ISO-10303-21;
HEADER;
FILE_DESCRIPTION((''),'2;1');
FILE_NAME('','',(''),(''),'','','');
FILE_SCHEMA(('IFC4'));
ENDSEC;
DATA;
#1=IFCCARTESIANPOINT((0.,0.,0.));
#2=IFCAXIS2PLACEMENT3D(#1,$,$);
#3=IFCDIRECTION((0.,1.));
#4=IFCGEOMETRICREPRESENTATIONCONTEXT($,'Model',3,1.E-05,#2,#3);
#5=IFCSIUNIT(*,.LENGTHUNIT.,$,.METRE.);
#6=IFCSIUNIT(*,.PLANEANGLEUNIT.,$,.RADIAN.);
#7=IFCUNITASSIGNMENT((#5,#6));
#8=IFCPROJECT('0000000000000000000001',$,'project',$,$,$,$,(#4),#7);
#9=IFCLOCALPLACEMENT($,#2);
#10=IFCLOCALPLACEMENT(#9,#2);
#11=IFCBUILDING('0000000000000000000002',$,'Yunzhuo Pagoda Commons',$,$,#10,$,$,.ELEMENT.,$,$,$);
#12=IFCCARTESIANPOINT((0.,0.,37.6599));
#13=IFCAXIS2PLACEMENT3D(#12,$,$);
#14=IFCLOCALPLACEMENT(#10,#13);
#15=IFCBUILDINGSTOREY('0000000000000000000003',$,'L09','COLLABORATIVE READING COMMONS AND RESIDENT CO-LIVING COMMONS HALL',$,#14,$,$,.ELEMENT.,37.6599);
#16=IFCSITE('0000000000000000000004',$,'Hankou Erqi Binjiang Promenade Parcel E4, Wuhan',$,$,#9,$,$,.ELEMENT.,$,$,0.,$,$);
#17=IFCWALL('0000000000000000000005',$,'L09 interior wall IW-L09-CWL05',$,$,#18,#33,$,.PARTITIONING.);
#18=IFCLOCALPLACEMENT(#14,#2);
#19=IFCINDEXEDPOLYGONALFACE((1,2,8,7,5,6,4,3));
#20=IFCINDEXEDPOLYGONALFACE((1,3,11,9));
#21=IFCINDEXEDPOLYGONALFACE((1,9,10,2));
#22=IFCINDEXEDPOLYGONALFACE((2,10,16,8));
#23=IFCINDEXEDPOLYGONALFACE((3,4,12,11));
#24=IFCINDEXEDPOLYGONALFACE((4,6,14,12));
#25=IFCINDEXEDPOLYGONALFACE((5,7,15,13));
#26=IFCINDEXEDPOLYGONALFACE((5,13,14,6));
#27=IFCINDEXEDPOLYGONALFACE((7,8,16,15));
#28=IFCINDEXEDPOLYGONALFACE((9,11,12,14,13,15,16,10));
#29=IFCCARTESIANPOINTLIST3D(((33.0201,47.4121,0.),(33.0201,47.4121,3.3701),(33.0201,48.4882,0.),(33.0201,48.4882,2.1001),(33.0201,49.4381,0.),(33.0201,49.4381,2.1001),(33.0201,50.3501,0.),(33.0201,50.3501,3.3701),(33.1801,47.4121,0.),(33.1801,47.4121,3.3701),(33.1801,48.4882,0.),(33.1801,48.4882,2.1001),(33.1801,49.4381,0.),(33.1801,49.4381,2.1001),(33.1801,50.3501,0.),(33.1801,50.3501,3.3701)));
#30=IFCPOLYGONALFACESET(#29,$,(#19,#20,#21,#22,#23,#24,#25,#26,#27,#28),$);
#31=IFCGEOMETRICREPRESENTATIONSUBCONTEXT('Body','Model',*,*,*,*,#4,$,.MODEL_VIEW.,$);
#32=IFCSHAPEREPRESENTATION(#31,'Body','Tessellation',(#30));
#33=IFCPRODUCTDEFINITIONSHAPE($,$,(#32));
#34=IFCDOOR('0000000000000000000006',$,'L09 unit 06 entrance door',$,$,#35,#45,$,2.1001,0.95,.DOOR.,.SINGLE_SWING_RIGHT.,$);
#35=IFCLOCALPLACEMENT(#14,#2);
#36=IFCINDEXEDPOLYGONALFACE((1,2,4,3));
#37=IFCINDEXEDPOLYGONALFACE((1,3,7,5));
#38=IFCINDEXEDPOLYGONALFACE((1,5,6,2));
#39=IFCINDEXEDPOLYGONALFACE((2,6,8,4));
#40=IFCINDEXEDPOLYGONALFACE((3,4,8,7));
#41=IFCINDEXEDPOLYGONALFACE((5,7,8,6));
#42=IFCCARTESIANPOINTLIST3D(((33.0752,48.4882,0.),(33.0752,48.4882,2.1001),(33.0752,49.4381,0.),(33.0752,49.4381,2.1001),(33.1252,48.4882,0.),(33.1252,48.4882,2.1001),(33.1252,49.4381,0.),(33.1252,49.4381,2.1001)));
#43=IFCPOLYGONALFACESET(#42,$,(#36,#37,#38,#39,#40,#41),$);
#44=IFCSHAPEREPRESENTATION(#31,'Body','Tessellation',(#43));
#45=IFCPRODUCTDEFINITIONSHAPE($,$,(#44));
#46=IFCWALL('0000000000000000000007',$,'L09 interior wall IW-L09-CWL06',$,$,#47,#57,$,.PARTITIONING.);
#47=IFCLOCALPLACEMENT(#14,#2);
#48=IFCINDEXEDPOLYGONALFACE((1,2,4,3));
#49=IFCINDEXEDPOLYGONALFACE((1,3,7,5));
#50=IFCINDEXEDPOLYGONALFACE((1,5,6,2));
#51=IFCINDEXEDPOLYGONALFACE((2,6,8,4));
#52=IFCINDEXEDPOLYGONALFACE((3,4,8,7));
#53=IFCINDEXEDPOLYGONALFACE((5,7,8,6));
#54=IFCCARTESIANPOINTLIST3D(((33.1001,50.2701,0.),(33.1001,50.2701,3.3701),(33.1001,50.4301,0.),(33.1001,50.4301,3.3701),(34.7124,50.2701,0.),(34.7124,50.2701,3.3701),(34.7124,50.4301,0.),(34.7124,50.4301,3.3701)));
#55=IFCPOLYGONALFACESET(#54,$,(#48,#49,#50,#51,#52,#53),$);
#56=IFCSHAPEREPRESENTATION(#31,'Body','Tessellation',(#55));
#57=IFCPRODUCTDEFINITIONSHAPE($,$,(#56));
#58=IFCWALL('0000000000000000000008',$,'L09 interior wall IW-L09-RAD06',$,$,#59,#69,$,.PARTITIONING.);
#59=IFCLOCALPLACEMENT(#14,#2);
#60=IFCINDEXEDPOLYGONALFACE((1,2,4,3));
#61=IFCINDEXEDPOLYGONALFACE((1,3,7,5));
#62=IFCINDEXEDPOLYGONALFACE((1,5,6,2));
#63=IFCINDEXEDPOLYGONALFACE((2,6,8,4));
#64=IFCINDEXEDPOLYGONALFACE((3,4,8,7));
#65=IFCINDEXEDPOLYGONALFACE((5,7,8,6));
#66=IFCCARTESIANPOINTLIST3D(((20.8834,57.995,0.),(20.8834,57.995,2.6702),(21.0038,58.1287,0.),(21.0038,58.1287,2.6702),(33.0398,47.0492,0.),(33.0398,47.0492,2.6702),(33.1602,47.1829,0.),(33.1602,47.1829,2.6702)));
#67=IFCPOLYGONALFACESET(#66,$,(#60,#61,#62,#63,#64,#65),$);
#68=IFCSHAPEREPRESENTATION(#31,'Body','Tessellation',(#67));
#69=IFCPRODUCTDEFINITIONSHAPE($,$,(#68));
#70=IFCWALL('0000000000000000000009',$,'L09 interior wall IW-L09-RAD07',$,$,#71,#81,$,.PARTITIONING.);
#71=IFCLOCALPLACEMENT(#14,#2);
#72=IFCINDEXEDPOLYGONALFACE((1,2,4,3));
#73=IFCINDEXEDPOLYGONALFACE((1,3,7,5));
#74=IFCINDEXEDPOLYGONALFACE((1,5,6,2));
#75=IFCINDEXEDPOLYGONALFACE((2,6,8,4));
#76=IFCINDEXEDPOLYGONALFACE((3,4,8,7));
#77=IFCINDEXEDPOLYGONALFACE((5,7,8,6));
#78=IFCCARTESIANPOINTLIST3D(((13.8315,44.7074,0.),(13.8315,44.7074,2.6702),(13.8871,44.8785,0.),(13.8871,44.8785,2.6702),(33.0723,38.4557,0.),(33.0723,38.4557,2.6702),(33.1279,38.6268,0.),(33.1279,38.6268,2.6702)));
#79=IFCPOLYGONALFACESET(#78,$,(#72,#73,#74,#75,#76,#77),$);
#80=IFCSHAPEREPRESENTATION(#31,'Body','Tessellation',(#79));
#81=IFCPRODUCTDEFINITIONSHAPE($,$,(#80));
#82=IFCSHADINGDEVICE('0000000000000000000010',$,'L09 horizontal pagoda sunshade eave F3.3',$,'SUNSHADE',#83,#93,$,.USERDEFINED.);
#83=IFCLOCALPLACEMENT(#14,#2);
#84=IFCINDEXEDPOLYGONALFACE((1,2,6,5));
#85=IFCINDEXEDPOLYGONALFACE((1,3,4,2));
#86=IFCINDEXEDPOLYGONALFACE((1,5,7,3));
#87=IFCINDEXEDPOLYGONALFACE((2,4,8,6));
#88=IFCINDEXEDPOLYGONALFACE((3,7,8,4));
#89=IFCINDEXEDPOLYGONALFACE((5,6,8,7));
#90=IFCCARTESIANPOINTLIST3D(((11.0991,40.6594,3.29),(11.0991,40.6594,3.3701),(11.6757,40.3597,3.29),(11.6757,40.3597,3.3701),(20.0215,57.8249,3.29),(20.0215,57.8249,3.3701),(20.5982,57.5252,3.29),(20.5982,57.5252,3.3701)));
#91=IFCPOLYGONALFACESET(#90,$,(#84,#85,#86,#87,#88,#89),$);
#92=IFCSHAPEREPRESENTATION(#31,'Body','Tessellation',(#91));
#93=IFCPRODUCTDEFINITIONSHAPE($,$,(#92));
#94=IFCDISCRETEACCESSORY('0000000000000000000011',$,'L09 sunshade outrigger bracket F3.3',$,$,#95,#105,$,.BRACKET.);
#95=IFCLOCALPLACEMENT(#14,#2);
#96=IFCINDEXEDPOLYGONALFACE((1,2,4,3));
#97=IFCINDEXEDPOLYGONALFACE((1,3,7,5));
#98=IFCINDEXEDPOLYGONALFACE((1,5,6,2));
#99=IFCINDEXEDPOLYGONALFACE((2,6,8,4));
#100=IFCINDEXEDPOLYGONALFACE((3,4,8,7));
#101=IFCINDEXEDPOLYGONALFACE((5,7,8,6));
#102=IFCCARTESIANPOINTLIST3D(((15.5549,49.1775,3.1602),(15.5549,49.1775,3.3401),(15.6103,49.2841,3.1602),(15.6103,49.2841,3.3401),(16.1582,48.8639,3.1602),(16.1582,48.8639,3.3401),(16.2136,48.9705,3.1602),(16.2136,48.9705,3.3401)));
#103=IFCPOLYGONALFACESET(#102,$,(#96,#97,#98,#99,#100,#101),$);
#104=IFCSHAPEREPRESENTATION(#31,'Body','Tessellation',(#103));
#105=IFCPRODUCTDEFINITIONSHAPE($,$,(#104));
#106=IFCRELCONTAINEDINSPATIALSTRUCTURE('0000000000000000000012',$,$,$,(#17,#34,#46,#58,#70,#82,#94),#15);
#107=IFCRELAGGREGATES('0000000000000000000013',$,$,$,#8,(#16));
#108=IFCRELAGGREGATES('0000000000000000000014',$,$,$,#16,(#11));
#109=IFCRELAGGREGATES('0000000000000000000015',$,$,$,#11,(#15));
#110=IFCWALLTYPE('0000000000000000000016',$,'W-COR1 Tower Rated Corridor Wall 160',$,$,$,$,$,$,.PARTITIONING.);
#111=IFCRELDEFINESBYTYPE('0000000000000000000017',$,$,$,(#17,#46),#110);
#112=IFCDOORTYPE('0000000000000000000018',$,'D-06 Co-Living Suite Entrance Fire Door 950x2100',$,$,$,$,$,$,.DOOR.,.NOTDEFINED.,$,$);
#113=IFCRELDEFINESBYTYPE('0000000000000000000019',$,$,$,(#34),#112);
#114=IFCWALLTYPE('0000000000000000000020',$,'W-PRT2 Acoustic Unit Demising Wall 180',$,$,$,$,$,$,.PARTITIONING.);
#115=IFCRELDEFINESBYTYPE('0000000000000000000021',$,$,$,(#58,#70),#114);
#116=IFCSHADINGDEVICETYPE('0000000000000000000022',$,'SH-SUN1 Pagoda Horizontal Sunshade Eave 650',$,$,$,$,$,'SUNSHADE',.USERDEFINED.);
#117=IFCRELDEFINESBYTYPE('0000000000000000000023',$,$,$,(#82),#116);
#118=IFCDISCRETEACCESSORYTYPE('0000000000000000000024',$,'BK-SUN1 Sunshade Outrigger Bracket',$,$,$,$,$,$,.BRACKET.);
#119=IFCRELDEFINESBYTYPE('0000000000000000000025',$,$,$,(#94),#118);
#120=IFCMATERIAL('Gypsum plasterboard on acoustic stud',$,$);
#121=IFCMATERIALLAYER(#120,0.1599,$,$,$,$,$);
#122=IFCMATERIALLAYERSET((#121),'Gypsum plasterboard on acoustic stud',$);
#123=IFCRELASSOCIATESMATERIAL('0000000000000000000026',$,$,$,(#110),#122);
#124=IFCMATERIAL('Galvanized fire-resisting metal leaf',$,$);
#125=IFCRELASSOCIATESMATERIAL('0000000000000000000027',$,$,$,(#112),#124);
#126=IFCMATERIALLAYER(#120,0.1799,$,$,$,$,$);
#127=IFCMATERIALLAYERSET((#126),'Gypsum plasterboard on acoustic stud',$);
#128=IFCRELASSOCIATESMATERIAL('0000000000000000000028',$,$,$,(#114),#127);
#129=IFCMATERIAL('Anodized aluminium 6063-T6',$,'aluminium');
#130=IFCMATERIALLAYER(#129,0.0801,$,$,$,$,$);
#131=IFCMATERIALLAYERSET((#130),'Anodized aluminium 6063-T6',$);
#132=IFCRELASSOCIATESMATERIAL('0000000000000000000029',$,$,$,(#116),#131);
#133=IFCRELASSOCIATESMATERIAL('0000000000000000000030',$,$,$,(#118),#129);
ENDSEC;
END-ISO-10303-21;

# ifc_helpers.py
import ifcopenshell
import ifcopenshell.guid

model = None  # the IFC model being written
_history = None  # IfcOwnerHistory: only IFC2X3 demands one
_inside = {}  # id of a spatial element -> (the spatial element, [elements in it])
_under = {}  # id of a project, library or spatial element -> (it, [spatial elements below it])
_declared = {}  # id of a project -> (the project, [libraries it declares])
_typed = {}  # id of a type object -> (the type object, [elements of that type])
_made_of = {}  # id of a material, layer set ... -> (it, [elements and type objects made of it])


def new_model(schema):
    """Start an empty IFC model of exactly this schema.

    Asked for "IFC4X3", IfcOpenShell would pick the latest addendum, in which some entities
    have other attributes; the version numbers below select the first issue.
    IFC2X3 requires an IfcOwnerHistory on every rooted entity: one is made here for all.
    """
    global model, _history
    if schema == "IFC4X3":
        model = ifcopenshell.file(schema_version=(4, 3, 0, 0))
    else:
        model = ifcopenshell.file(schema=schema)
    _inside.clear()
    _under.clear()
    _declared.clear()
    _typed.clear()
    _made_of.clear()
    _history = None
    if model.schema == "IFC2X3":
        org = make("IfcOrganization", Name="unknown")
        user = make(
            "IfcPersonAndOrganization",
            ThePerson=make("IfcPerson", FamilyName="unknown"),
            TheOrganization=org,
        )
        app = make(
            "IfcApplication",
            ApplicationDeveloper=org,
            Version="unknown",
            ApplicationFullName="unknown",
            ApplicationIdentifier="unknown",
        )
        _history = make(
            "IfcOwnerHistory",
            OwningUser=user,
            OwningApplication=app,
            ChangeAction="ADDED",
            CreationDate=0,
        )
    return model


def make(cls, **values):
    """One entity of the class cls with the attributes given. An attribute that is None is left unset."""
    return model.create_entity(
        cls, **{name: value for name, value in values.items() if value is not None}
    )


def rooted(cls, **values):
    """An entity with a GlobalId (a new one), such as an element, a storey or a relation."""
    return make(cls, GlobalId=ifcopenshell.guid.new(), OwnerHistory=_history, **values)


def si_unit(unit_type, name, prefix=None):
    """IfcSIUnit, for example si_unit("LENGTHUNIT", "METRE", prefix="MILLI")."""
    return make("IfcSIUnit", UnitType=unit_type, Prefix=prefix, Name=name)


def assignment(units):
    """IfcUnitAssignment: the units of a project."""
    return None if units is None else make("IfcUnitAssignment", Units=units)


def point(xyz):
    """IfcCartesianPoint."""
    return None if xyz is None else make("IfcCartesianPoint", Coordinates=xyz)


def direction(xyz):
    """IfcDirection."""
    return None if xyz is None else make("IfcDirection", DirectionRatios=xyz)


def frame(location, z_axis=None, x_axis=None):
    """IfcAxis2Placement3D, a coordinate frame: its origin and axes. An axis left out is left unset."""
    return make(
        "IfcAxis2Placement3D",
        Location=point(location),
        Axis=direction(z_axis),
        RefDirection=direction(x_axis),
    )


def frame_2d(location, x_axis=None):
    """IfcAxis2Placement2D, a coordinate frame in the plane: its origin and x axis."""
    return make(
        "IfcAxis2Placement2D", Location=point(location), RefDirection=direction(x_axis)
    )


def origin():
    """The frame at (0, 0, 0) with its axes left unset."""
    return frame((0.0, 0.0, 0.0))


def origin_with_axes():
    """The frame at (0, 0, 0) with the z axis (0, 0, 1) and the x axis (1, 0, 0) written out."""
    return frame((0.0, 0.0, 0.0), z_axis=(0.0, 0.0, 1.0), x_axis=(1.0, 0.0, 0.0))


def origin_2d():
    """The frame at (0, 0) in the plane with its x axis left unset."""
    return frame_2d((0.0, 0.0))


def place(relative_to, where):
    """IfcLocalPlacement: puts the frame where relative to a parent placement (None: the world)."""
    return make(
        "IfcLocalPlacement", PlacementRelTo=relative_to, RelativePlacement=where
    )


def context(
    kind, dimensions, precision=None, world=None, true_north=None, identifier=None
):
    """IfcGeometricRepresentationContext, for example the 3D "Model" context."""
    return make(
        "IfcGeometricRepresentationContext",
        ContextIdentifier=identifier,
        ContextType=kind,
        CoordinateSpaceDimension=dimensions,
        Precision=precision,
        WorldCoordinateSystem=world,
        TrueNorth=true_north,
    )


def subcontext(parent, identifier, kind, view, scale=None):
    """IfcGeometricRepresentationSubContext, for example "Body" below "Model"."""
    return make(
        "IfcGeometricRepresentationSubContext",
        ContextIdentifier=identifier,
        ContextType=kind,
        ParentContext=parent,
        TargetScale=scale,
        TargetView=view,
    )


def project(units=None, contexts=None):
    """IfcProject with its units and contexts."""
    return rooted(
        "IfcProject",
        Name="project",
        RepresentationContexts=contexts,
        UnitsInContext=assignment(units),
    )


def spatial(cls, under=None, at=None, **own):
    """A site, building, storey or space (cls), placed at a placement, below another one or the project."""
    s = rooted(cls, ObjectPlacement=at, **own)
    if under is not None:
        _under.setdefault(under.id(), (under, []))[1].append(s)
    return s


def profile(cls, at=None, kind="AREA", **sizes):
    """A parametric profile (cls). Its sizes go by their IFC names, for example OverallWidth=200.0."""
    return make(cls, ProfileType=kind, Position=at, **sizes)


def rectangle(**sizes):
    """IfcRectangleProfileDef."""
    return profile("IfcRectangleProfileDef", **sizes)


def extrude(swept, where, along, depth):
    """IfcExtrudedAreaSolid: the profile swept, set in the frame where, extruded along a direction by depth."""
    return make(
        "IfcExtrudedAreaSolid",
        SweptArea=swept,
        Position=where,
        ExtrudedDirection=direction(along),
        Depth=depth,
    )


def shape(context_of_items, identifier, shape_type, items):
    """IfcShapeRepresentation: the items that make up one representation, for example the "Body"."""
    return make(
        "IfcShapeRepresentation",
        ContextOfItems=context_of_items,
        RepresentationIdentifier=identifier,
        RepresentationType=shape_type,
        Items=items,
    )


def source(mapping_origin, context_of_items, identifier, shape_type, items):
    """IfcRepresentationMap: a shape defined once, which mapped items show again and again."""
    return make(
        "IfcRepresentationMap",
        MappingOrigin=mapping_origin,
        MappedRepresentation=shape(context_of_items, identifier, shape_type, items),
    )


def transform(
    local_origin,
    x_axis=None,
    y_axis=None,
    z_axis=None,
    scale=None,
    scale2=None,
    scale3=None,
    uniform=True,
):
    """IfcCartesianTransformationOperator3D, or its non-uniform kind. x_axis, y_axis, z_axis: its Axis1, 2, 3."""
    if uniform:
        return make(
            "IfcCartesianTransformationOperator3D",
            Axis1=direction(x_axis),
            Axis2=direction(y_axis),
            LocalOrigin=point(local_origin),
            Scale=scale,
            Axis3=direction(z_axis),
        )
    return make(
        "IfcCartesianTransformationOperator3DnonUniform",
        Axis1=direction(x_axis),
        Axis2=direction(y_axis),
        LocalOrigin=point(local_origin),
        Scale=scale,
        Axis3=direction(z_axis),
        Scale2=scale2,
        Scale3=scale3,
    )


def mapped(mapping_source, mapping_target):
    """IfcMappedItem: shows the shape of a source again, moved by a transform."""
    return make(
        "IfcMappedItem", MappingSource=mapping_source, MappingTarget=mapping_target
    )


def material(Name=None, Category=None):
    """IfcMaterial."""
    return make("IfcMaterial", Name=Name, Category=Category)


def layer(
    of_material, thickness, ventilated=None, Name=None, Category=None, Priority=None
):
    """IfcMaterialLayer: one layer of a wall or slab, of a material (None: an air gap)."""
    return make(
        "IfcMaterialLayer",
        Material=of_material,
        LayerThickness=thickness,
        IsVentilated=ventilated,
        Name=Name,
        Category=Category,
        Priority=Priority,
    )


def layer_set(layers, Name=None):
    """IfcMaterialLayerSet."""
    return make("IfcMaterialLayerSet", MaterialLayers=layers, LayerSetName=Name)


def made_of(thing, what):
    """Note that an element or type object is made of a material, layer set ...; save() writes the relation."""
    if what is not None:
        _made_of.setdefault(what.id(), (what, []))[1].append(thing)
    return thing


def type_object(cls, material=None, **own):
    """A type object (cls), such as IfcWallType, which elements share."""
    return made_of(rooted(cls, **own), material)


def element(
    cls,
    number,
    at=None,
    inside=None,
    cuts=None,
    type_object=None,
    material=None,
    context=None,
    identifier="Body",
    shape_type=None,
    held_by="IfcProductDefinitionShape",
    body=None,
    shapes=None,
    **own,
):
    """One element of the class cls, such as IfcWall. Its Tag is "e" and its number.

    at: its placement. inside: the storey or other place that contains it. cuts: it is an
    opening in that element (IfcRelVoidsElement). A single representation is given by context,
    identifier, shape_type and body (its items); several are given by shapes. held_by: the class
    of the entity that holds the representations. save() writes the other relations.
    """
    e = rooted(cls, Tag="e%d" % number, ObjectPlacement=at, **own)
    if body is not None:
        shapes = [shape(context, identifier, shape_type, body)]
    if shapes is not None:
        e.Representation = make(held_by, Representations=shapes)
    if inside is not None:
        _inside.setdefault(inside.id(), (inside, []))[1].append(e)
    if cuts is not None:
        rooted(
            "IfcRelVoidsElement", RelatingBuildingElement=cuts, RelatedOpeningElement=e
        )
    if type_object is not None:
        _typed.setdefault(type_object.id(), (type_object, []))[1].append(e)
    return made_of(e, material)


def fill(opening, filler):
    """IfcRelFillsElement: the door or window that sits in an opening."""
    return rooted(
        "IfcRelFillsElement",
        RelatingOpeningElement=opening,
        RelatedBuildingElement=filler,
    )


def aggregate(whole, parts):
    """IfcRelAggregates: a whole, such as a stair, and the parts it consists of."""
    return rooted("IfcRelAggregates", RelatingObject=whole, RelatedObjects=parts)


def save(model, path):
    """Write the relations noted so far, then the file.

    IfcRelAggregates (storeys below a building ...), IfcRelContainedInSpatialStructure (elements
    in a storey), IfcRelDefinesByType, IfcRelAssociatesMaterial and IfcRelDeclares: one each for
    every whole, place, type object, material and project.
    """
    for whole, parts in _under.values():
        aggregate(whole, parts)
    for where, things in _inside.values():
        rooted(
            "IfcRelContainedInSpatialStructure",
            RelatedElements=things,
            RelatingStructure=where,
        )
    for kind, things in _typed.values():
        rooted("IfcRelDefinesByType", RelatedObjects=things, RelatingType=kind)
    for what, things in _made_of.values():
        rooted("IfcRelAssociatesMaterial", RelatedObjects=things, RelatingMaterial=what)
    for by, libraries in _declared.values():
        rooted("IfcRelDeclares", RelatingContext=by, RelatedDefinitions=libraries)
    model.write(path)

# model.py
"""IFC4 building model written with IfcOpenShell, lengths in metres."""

from ifc_helpers import new_model, si_unit, direction, frame, frame_2d, origin, origin_with_axes, origin_2d, place, context, subcontext, project, spatial, rectangle, extrude, source, transform, mapped, material, layer, layer_set, type_object, element, fill, save


model = new_model("IFC4")

# Units and contexts
model_context = context("Model", 3, precision=1e-05, world=origin(), true_north=direction((0.0, 1.0)))
body_context = subcontext(model_context, "Body", "Model", "MODEL_VIEW")
ifc_project = project(units=[si_unit("LENGTHUNIT", "METRE"), si_unit("PLANEANGLEUNIT", "RADIAN")], contexts=[model_context])

# Site, building, storey
site_placement = place(None, origin())
site = spatial("IfcSite", under=ifc_project, at=site_placement, Name="Hankou Erqi Binjiang Promenade Parcel E4, Wuhan", CompositionType="ELEMENT", RefElevation=0.0)
building_placement = place(site_placement, origin())
building = spatial("IfcBuilding", under=site, at=building_placement, Name="Yunzhuo Pagoda Commons", CompositionType="ELEMENT")
storey_placement = place(building_placement, frame((0.0, 0.0, 37.6599)))
storey = spatial("IfcBuildingStorey", under=building, at=storey_placement, Name="L09", Description="COLLABORATIVE READING COMMONS AND RESIDENT CO-LIVING COMMONS HALL", CompositionType="ELEMENT", Elevation=37.6599)

# Shared definitions
ifc_material_1 = material(Name="Anodized aluminium 6063-T6", Category="aluminium")

# Wall, opening, door
ifc_material_2 = material(Name="Gypsum plasterboard on acoustic stud")
ifc_layer_1 = layer(ifc_material_2, 0.1599)
ifc_layer_set_1 = layer_set([ifc_layer_1], Name="Gypsum plasterboard on acoustic stud")
wall_type_1 = type_object("IfcWallType", Name="W-COR1 Tower Rated Corridor Wall 160", PredefinedType="PARTITIONING", material=ifc_layer_set_1)
ifc_material_3 = material(Name="Galvanized fire-resisting metal leaf")
door_type = type_object("IfcDoorType", Name="D-06 Co-Living Suite Entrance Fire Door 950x2100", OperationType="NOTDEFINED", PredefinedType="DOOR", material=ifc_material_3)
shared_shape_1 = source(origin(), body_context, "Body", "SweptSolid", [
    extrude(rectangle(XDim=0.95, YDim=2.1001, at=frame_2d((0.4751, 1.05))), frame((0.0, 0.0249, 0.0), z_axis=(0.0, -1.0, 0.0), x_axis=(1.0, 0.0, 0.0)), (0.0, 0.0, 1.0), 0.05),
])
wall_1_placement = place(storey_placement, frame((33.1001, 47.4121, 0.0), z_axis=(0.0, 0.0, 1.0), x_axis=(0.0, 1.0, 0.0)))
wall_1 = element("IfcWall", 1, at=wall_1_placement, inside=storey, type_object=wall_type_1, Name="L09 interior wall IW-L09-CWL05", PredefinedType="PARTITIONING", context=body_context, shape_type="SweptSolid", body=[
    extrude(rectangle(XDim=2.938, YDim=0.1599, at=frame_2d((1.469, 0.0))), origin(), (0.0, 0.0, 1.0), 3.3701),
])
opening_1_placement = place(wall_1_placement, frame((1.0759, 0.0, 0.0)))
opening_1 = element("IfcOpeningElement", 2, at=opening_1_placement, cuts=wall_1, PredefinedType="OPENING", context=body_context, shape_type="SweptSolid", body=[
    extrude(rectangle(XDim=0.95, YDim=2.1001, at=frame_2d((0.4751, 1.05))), frame((0.0, 0.0898, 0.0), z_axis=(0.0, -1.0, 0.0), x_axis=(1.0, 0.0, 0.0)), (0.0, 0.0, 1.0), 0.1799),
])
door_1_placement = place(opening_1_placement, origin_with_axes())
door_1 = element("IfcDoor", 3, at=door_1_placement, inside=storey, type_object=door_type, Name="L09 unit 06 entrance door", OperationType="SINGLE_SWING_RIGHT", OverallHeight=2.1001, OverallWidth=0.95, PredefinedType="DOOR", context=body_context, shape_type="MappedRepresentation", body=[
    mapped(shared_shape_1, transform((0.0, 0.0, 0.0), scale=1.0)),
])
fill(opening_1, door_1)

# Walls
wall_2_placement = place(storey_placement, frame((33.1001, 50.3501, 0.0), z_axis=(0.0, 0.0, 1.0), x_axis=(1.0, 0.0, 0.0)))
element("IfcWall", 4, at=wall_2_placement, inside=storey, type_object=wall_type_1, Name="L09 interior wall IW-L09-CWL06", PredefinedType="PARTITIONING", context=body_context, shape_type="SweptSolid", body=[
    extrude(rectangle(XDim=1.6123, YDim=0.1599, at=frame_2d((0.8062, 0.0))), origin(), (0.0, 0.0, 1.0), 3.3701),
])
ifc_layer_2 = layer(ifc_material_2, 0.1799)
ifc_layer_set_2 = layer_set([ifc_layer_2], Name="Gypsum plasterboard on acoustic stud")
wall_type_2 = type_object("IfcWallType", Name="W-PRT2 Acoustic Unit Demising Wall 180", PredefinedType="PARTITIONING", material=ifc_layer_set_2)
wall_3_placement = place(storey_placement, frame((33.1001, 47.116, 0.0), z_axis=(0.0, 0.0, 1.0), x_axis=(-0.743143, 0.669132, 0.0)))
element("IfcWall", 5, at=wall_3_placement, inside=storey, type_object=wall_type_2, Name="L09 interior wall IW-L09-RAD06", PredefinedType="PARTITIONING", context=body_context, shape_type="SweptSolid", body=[
    extrude(rectangle(XDim=16.3582, YDim=0.1799, at=frame_2d((8.1792, 0.0))), origin(), (0.0, 0.0, 1.0), 2.6702),
])
wall_4_placement = place(storey_placement, frame((33.1001, 38.5413, 0.0), z_axis=(0.0, 0.0, 1.0), x_axis=(-0.951056, 0.309018, 0.0)))
element("IfcWall", 6, at=wall_4_placement, inside=storey, type_object=wall_type_2, Name="L09 interior wall IW-L09-RAD07", PredefinedType="PARTITIONING", context=body_context, shape_type="SweptSolid", body=[
    extrude(rectangle(XDim=20.231, YDim=0.1799, at=frame_2d((10.1155, 0.0))), origin(), (0.0, 0.0, 1.0), 2.6702),
])

# Shading device
ifc_layer_3 = layer(ifc_material_1, 0.0801)
ifc_layer_set_3 = layer_set([ifc_layer_3], Name="Anodized aluminium 6063-T6")
shading_device_type = type_object("IfcShadingDeviceType", Name="SH-SUN1 Pagoda Horizontal Sunshade Eave 650", ElementType="SUNSHADE", PredefinedType="USERDEFINED", material=ifc_layer_set_3)
shared_shape_2 = source(origin(), body_context, "Body", "SweptSolid", [
    extrude(rectangle(XDim=19.3459, YDim=0.6499, at=origin_2d()), origin(), (0.0, 0.0, 1.0), 0.0801),
])
shading_device_placement = place(storey_placement, frame((15.8486, 49.0923, 3.29), z_axis=(0.0, 0.0, 1.0), x_axis=(-0.461207, -0.887293, 0.0)))
element("IfcShadingDevice", 7, at=shading_device_placement, inside=storey, type_object=shading_device_type, Name="L09 horizontal pagoda sunshade eave F3.3", ObjectType="SUNSHADE", PredefinedType="USERDEFINED", context=body_context, shape_type="MappedRepresentation", body=[
    mapped(shared_shape_2, transform((0.0, 0.0, 0.0), scale=1.0)),
])

# Discrete accessory
discrete_accessory_type = type_object("IfcDiscreteAccessoryType", Name="BK-SUN1 Sunshade Outrigger Bracket", PredefinedType="BRACKET", material=ifc_material_1)
shared_shape_3 = source(origin(), body_context, "Body", "SweptSolid", [
    extrude(rectangle(XDim=0.1201, YDim=0.6799, at=origin_2d()), origin(), (0.0, 0.0, 1.0), 0.1799),
])
discrete_accessory_placement = place(storey_placement, frame((15.8843, 49.074, 3.1602), z_axis=(0.0, 0.0, 1.0), x_axis=(-0.461207, -0.887293, 0.0)))
element("IfcDiscreteAccessory", 8, at=discrete_accessory_placement, inside=storey, type_object=discrete_accessory_type, Name="L09 sunshade outrigger bracket F3.3", PredefinedType="BRACKET", context=body_context, shape_type="MappedRepresentation", body=[
    mapped(shared_shape_3, transform((0.0, 0.0, 0.0), scale=1.0)),
])

save(model, "model.ifc")
